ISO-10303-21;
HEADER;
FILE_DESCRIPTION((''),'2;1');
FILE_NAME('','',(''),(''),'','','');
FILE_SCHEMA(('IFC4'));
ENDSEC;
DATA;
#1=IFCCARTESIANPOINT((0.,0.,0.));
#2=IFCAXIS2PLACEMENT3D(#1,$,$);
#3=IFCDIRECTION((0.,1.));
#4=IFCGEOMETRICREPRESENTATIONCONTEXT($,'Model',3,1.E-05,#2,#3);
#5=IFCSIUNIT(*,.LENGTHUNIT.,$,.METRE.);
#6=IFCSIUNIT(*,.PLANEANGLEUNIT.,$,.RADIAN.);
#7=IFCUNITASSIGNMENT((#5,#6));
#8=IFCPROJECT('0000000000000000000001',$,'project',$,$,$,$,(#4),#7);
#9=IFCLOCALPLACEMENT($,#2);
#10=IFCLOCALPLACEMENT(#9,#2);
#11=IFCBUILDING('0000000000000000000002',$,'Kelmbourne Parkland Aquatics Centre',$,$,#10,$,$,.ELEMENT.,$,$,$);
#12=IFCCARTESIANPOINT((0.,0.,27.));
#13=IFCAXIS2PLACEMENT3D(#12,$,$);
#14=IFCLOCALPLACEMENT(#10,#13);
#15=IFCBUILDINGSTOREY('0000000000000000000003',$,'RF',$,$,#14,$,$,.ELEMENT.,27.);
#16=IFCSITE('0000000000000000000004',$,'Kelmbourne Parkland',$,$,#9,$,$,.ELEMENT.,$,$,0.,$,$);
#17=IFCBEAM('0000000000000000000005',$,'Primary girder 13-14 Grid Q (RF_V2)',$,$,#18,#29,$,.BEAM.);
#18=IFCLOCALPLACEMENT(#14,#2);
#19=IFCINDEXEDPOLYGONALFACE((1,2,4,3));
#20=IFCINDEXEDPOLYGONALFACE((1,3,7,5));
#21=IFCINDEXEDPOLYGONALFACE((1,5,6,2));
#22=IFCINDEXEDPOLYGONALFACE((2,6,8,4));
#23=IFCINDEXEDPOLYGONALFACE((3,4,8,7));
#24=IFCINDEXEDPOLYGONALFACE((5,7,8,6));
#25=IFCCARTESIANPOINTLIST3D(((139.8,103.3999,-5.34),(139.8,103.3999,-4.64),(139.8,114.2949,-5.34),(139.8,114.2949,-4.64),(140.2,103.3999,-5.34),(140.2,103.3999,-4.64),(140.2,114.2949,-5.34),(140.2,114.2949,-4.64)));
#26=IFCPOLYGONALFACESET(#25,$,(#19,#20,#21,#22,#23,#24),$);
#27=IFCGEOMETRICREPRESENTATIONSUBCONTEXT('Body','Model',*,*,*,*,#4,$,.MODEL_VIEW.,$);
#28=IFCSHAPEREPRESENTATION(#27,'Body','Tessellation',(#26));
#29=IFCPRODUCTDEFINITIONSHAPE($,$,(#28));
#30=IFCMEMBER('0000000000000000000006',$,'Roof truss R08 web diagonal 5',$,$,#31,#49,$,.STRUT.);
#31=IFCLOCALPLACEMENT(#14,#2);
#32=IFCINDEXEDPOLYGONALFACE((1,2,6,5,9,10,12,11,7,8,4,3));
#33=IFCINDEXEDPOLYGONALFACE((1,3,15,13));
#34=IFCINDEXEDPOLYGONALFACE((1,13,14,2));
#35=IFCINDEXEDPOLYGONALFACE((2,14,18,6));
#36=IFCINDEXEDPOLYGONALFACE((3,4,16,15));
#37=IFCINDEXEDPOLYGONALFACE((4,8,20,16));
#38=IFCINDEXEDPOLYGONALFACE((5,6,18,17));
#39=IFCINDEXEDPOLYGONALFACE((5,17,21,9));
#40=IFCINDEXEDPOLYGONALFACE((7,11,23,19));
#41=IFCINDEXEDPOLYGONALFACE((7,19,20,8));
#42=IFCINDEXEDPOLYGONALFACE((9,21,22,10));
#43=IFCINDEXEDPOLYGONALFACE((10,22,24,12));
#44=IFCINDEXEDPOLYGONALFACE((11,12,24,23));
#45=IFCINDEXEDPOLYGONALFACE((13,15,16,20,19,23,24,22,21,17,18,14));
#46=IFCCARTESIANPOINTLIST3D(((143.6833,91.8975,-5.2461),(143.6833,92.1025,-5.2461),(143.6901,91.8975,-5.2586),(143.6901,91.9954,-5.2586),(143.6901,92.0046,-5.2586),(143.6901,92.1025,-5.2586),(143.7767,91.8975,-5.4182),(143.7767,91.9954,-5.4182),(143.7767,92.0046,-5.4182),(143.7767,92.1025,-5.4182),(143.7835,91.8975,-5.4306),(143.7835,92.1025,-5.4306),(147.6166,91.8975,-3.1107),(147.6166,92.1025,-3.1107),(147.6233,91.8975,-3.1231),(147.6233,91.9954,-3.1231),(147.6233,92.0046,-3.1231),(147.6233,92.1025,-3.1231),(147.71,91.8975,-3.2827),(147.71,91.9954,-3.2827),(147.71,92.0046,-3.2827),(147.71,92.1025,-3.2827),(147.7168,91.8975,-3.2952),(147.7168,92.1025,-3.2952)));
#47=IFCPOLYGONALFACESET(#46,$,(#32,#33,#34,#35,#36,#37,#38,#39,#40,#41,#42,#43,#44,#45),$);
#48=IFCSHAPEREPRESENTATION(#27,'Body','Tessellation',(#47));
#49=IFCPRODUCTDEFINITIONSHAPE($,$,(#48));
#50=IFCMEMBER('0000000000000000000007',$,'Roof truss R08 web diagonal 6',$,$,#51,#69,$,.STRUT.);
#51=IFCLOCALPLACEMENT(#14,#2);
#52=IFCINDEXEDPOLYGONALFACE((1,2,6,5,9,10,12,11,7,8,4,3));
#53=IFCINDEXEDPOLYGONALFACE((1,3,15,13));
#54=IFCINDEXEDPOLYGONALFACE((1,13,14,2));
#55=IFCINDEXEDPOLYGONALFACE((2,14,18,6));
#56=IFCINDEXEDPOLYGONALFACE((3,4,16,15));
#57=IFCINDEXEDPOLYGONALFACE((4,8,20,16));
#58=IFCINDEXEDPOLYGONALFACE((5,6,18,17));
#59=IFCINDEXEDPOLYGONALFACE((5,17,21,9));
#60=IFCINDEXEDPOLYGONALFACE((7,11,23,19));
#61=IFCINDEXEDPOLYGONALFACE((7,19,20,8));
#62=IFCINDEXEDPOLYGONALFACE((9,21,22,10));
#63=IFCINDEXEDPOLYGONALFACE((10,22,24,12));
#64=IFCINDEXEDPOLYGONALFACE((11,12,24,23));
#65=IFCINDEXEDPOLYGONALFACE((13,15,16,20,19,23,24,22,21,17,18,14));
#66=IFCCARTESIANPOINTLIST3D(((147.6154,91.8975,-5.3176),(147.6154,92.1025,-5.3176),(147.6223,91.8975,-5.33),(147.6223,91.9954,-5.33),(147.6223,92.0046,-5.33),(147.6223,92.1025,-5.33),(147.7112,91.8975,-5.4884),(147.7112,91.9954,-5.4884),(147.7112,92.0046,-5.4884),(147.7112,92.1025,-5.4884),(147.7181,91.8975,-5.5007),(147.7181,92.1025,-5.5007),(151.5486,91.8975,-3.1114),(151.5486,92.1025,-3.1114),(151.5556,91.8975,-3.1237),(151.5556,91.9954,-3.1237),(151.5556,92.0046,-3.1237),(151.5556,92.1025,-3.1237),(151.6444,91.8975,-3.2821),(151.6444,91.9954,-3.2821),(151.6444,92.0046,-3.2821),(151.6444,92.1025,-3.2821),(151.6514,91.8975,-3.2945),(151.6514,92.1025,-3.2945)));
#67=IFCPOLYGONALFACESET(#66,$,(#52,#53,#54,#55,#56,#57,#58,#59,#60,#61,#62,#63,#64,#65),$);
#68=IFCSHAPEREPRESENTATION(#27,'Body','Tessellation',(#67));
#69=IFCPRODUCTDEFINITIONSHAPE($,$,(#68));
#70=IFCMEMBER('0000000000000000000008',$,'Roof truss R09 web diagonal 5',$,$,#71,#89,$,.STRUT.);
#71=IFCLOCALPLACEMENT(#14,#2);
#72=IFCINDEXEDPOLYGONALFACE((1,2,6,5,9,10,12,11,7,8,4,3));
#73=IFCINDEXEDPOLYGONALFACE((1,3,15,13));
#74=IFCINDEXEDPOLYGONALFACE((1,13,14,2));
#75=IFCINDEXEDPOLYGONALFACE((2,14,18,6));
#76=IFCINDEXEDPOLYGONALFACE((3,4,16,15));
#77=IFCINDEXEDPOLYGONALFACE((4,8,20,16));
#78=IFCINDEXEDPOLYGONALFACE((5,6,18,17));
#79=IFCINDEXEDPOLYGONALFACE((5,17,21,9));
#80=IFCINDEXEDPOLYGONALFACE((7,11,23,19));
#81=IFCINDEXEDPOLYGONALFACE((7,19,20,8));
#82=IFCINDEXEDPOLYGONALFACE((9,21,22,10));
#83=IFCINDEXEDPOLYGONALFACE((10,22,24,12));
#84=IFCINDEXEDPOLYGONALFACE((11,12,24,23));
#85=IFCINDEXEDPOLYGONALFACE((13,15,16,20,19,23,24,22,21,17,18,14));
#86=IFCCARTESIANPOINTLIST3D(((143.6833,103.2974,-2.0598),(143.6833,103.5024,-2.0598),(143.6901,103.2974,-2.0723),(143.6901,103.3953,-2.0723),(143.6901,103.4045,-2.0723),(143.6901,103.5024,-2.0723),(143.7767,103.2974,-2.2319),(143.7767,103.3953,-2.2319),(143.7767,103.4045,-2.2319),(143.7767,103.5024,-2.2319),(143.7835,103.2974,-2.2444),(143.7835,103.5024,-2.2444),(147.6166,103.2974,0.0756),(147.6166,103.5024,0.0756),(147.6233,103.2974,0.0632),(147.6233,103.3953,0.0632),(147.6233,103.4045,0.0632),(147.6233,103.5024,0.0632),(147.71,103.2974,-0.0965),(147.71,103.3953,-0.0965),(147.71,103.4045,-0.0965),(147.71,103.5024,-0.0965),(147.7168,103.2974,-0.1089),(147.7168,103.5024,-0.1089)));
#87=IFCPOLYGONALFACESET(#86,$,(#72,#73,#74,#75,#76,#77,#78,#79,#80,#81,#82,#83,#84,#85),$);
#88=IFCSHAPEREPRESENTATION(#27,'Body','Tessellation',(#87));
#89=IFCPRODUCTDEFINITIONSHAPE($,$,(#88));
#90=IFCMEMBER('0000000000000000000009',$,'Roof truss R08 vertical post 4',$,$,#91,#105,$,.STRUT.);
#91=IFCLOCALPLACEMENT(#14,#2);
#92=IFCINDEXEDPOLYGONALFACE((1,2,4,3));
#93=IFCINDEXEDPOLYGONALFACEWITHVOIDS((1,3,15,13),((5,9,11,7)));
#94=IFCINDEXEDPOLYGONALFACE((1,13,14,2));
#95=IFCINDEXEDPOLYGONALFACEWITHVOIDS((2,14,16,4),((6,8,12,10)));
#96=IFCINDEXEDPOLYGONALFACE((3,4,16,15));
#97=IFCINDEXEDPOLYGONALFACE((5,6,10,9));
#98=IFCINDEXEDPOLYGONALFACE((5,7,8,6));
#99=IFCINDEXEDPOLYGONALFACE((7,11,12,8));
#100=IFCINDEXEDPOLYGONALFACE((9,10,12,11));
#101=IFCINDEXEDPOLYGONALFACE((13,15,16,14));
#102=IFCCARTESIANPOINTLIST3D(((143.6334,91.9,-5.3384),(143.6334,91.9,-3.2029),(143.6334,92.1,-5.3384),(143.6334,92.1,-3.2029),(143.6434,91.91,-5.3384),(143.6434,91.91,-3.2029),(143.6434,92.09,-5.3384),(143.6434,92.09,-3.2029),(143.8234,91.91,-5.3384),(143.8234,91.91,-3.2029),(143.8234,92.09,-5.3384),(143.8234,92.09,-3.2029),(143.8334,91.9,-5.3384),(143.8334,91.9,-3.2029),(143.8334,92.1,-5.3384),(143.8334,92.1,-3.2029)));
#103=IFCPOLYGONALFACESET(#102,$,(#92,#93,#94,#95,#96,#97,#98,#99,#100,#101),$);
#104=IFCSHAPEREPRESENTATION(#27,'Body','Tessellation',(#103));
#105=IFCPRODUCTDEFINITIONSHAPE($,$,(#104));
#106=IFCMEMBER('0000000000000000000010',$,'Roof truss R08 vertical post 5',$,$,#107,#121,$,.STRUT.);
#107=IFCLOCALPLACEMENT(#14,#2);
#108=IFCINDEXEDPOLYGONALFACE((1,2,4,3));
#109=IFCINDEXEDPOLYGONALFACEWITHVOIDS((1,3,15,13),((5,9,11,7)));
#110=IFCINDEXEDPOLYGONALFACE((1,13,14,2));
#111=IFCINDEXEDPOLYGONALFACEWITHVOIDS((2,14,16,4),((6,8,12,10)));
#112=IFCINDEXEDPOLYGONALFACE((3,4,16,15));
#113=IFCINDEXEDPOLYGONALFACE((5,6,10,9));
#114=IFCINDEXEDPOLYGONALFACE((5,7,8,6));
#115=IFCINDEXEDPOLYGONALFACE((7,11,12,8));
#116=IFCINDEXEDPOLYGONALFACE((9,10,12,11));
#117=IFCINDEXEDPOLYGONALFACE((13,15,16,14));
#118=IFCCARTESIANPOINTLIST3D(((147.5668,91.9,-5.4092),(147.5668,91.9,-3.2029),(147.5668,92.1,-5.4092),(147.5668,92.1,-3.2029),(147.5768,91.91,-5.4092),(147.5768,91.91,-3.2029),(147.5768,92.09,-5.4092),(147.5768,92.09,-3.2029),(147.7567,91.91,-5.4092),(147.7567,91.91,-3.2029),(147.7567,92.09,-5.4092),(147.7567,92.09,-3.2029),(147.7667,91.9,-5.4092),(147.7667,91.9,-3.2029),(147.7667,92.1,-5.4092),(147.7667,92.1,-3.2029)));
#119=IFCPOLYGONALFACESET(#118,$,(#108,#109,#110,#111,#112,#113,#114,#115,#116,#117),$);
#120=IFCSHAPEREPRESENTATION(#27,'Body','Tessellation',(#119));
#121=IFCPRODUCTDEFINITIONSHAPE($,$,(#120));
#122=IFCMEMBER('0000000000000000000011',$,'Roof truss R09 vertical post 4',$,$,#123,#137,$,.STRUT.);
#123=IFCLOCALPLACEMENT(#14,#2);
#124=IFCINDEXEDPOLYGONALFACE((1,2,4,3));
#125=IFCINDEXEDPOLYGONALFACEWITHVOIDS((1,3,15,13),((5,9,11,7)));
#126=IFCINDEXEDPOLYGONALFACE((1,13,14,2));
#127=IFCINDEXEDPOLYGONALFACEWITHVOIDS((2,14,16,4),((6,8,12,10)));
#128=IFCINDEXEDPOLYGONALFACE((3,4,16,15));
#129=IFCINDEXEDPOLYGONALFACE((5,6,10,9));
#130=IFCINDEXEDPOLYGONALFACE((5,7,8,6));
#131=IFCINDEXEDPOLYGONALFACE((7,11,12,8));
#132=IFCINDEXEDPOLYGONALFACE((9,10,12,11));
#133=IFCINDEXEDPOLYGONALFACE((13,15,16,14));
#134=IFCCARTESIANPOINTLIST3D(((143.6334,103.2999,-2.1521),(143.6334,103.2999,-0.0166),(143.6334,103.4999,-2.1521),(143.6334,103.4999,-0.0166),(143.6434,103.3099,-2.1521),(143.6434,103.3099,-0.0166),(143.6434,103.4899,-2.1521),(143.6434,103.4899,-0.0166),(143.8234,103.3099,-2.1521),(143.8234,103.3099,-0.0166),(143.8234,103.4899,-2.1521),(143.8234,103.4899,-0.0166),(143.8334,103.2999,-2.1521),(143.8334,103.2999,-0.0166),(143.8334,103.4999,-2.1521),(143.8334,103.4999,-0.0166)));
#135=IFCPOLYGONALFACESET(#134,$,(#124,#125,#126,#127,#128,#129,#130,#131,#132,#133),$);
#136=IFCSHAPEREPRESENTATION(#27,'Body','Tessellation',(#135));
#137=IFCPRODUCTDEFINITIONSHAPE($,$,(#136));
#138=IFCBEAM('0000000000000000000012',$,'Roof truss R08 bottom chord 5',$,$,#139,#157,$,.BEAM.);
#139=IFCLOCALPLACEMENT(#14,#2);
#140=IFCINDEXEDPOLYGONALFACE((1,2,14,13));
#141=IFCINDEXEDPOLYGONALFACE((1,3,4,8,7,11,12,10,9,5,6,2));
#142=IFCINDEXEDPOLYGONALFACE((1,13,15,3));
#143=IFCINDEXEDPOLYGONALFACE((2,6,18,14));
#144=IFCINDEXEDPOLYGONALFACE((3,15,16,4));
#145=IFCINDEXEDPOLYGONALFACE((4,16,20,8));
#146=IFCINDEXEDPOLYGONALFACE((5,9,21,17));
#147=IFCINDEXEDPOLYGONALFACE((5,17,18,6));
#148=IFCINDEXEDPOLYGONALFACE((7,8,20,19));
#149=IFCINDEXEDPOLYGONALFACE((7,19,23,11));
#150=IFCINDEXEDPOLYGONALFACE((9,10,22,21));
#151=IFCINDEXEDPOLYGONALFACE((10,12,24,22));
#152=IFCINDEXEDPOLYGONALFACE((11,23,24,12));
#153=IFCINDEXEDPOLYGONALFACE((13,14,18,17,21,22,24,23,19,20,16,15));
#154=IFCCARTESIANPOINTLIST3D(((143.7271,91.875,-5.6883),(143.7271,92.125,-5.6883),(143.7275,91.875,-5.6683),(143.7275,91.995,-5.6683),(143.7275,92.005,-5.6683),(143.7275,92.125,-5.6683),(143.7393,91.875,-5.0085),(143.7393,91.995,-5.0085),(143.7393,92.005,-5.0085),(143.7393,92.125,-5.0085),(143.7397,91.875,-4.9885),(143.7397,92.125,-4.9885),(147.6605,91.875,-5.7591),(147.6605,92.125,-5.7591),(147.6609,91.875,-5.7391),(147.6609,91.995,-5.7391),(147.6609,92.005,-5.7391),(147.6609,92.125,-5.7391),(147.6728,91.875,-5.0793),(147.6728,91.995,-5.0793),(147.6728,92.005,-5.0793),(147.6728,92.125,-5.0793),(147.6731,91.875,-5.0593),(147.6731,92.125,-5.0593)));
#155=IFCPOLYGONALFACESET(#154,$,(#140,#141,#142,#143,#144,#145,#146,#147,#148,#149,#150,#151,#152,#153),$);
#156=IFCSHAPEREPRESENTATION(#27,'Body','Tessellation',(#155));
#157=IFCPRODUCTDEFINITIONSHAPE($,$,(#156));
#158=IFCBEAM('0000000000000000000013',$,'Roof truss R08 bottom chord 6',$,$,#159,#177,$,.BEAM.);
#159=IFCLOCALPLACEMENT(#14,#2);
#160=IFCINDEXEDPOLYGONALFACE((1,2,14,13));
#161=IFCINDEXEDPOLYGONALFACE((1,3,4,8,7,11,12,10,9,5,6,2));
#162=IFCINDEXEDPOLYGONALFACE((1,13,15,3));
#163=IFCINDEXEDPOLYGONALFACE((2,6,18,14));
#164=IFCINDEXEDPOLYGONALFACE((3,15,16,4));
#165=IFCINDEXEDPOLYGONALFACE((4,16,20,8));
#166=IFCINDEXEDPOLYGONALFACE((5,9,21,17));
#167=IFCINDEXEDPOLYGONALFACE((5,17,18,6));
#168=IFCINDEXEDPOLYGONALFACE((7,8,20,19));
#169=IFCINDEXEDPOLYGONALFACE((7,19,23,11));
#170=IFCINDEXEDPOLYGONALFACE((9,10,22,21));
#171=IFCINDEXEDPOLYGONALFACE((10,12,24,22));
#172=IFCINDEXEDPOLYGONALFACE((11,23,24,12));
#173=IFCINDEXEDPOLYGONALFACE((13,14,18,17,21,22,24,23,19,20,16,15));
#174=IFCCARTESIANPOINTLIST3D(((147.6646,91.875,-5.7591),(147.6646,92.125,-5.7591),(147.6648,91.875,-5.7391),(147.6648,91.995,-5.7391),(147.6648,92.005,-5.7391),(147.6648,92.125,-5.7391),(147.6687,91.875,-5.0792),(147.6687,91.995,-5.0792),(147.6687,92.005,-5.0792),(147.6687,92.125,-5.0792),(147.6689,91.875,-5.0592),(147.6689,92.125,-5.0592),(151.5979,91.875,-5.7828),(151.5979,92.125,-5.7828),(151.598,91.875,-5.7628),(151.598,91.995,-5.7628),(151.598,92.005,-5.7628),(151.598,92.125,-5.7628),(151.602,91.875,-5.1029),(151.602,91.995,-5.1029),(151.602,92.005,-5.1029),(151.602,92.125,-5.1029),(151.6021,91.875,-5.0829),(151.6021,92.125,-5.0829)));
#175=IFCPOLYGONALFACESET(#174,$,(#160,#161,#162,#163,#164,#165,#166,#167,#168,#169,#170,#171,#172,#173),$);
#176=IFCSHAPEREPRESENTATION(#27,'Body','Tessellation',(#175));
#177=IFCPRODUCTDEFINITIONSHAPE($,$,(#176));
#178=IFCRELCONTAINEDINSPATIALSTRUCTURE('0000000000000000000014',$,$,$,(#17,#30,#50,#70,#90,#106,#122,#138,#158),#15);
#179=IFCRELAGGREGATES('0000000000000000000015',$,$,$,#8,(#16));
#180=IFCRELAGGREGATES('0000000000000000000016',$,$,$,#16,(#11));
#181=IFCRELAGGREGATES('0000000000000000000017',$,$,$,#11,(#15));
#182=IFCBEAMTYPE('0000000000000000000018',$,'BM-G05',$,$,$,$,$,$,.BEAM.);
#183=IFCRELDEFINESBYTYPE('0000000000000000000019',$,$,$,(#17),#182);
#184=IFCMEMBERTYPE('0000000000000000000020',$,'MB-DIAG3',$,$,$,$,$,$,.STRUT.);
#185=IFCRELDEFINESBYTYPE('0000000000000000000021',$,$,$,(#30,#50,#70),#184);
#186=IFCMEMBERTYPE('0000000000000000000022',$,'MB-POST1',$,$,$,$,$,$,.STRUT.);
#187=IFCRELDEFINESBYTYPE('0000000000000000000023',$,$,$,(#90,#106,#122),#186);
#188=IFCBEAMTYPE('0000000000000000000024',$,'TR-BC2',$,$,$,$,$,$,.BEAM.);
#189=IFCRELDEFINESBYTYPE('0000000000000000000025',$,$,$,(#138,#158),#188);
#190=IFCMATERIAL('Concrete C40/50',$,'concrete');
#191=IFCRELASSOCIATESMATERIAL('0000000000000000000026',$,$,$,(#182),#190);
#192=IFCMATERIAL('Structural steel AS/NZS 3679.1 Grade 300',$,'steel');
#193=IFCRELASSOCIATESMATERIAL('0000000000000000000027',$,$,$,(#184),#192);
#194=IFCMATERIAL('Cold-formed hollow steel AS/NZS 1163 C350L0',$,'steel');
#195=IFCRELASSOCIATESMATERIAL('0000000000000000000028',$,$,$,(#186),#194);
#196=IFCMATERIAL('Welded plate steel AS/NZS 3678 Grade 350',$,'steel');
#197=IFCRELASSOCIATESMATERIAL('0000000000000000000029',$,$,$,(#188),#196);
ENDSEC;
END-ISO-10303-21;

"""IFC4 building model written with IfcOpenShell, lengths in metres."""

from ifc_helpers import new_model, si_unit, direction, frame, origin, origin_2d, place, context, subcontext, project, spatial, rectangle, hollow_rectangle, i_section, extrude, material, material_profile, profile_set, type_object, element, save


model = new_model("IFC4")

# Units and contexts
model_context = context("Model", 3, precision=1e-05, world=origin(), true_north=direction((0.0, 1.0)))
body_context = subcontext(model_context, "Body", "Model", "MODEL_VIEW")
ifc_project = project(units=[si_unit("LENGTHUNIT", "METRE"), si_unit("PLANEANGLEUNIT", "RADIAN")], contexts=[model_context])

# Site, building, storey
site_placement = place(None, origin())
site = spatial("IfcSite", under=ifc_project, at=site_placement, Name="Kelmbourne Parkland", CompositionType="ELEMENT", RefElevation=0.0)
building_placement = place(site_placement, origin())
building = spatial("IfcBuilding", under=site, at=building_placement, Name="Kelmbourne Parkland Aquatics Centre", CompositionType="ELEMENT")
storey_placement = place(building_placement, frame((0.0, 0.0, 27.0)))
storey = spatial("IfcBuildingStorey", under=building, at=storey_placement, Name="RF", CompositionType="ELEMENT", Elevation=27.0)

# Beam
ifc_material_1 = material(Name="Concrete C40/50", Category="concrete")
ifc_material_profile_1 = material_profile(ifc_material_1, rectangle(XDim=0.3999, YDim=0.7, at=origin_2d()), Name="RC 400x700")
ifc_profile_set_1 = profile_set([ifc_material_profile_1], Name="Concrete C40/50")
beam_type_1 = type_object("IfcBeamType", Name="BM-G05", PredefinedType="BEAM", material=ifc_profile_set_1)
beam_1_placement = place(storey_placement, frame((140.0, 103.3999, -4.99), z_axis=(0.0, 1.0, 0.0), x_axis=(-1.0, 0.0, 0.0)))
element("IfcBeam", 1, at=beam_1_placement, inside=storey, type_object=beam_type_1, Name="Primary girder 13-14 Grid Q (RF_V2)", PredefinedType="BEAM", context=body_context, shape_type="SweptSolid", body=[
    extrude(rectangle(XDim=0.3999, YDim=0.7, at=origin_2d()), origin(), (0.0, 0.0, 1.0), 10.895),
])

# Members
ifc_material_2 = material(Name="Structural steel AS/NZS 3679.1 Grade 300", Category="steel")
ifc_material_profile_2 = material_profile(ifc_material_2, i_section(OverallWidth=0.2051, OverallDepth=0.21, WebThickness=0.0093, FlangeThickness=0.0142, at=origin_2d()), Name="200UC59.5")
ifc_profile_set_2 = profile_set([ifc_material_profile_2], Name="Structural steel AS/NZS 3679.1 Grade 300")
member_type_1 = type_object("IfcMemberType", Name="MB-DIAG3", PredefinedType="STRUT", material=ifc_profile_set_2)
member_1_placement = place(storey_placement, frame((143.7334, 92.0, -5.3384), z_axis=(0.87883, 0.0, 0.477135), x_axis=(0.0, 1.0, 0.0)))
element("IfcMember", 2, at=member_1_placement, inside=storey, type_object=member_type_1, Name="Roof truss R08 web diagonal 5", PredefinedType="STRUT", context=body_context, shape_type="SweptSolid", body=[
    extrude(i_section(OverallWidth=0.2051, OverallDepth=0.21, WebThickness=0.0093, FlangeThickness=0.0142, at=origin_2d()), origin(), (0.0, 0.0, 1.0), 4.4756),
])
member_2_placement = place(storey_placement, frame((147.6667, 92.0, -5.4092), z_axis=(0.872163, 0.0, 0.489215), x_axis=(0.0, 1.0, 0.0)))
element("IfcMember", 3, at=member_2_placement, inside=storey, type_object=member_type_1, Name="Roof truss R08 web diagonal 6", PredefinedType="STRUT", context=body_context, shape_type="SweptSolid", body=[
    extrude(i_section(OverallWidth=0.2051, OverallDepth=0.21, WebThickness=0.0093, FlangeThickness=0.0142, at=origin_2d()), origin(), (0.0, 0.0, 1.0), 4.5098),
])
member_3_placement = place(storey_placement, frame((143.7334, 103.3999, -2.1521), z_axis=(0.87883, 0.0, 0.477135), x_axis=(0.0, 1.0, 0.0)))
element("IfcMember", 4, at=member_3_placement, inside=storey, type_object=member_type_1, Name="Roof truss R09 web diagonal 5", PredefinedType="STRUT", context=body_context, shape_type="SweptSolid", body=[
    extrude(i_section(OverallWidth=0.2051, OverallDepth=0.21, WebThickness=0.0093, FlangeThickness=0.0142, at=origin_2d()), origin(), (0.0, 0.0, 1.0), 4.4756),
])
ifc_material_3 = material(Name="Cold-formed hollow steel AS/NZS 1163 C350L0", Category="steel")
ifc_material_profile_3 = material_profile(ifc_material_3, hollow_rectangle(XDim=0.2, YDim=0.2, WallThickness=0.01, at=origin_2d()), Name="SHS 200x200x10.0")
ifc_profile_set_3 = profile_set([ifc_material_profile_3], Name="Cold-formed hollow steel AS/NZS 1163 C350L0")
member_type_2 = type_object("IfcMemberType", Name="MB-POST1", PredefinedType="STRUT", material=ifc_profile_set_3)
member_4_placement = place(storey_placement, frame((143.7334, 92.0, -5.3384), z_axis=(0.0, 0.0, 1.0), x_axis=(1.0, 0.0, 0.0)))
element("IfcMember", 5, at=member_4_placement, inside=storey, type_object=member_type_2, Name="Roof truss R08 vertical post 4", PredefinedType="STRUT", context=body_context, shape_type="SweptSolid", body=[
    extrude(hollow_rectangle(XDim=0.2, YDim=0.2, WallThickness=0.01, at=origin_2d()), origin(), (0.0, 0.0, 1.0), 2.1355),
])
member_5_placement = place(storey_placement, frame((147.6667, 92.0, -5.4092), z_axis=(0.0, 0.0, 1.0), x_axis=(1.0, 0.0, 0.0)))
element("IfcMember", 6, at=member_5_placement, inside=storey, type_object=member_type_2, Name="Roof truss R08 vertical post 5", PredefinedType="STRUT", context=body_context, shape_type="SweptSolid", body=[
    extrude(hollow_rectangle(XDim=0.2, YDim=0.2, WallThickness=0.01, at=origin_2d()), origin(), (0.0, 0.0, 1.0), 2.2063),
])
member_6_placement = place(storey_placement, frame((143.7334, 103.3999, -2.1521), z_axis=(0.0, 0.0, 1.0), x_axis=(1.0, 0.0, 0.0)))
element("IfcMember", 7, at=member_6_placement, inside=storey, type_object=member_type_2, Name="Roof truss R09 vertical post 4", PredefinedType="STRUT", context=body_context, shape_type="SweptSolid", body=[
    extrude(hollow_rectangle(XDim=0.2, YDim=0.2, WallThickness=0.01, at=origin_2d()), origin(), (0.0, 0.0, 1.0), 2.1355),
])

# Beams
ifc_material_4 = material(Name="Welded plate steel AS/NZS 3678 Grade 350", Category="steel")
ifc_material_profile_4 = material_profile(ifc_material_4, i_section(OverallWidth=0.25, OverallDepth=0.7, WebThickness=0.01, FlangeThickness=0.02, at=origin_2d()), Name="700WB130")
ifc_profile_set_4 = profile_set([ifc_material_profile_4], Name="Welded plate steel AS/NZS 3678 Grade 350")
beam_type_2 = type_object("IfcBeamType", Name="TR-BC2", PredefinedType="BEAM", material=ifc_profile_set_4)
beam_2_placement = place(storey_placement, frame((143.7334, 92.0, -5.3384), z_axis=(0.999838, 0.0, -0.017997), x_axis=(0.0, 1.0, 0.0)))
element("IfcBeam", 8, at=beam_2_placement, inside=storey, type_object=beam_type_2, Name="Roof truss R08 bottom chord 5", PredefinedType="BEAM", context=body_context, shape_type="SweptSolid", body=[
    extrude(i_section(OverallWidth=0.25, OverallDepth=0.7, WebThickness=0.01, FlangeThickness=0.02, at=origin_2d()), origin(), (0.0, 0.0, 1.0), 3.9341),
])
beam_3_placement = place(storey_placement, frame((147.6667, 92.0, -5.4092), z_axis=(0.999982, 0.0, -0.006021), x_axis=(0.0, 1.0, 0.0)))
element("IfcBeam", 9, at=beam_3_placement, inside=storey, type_object=beam_type_2, Name="Roof truss R08 bottom chord 6", PredefinedType="BEAM", context=body_context, shape_type="SweptSolid", body=[
    extrude(i_section(OverallWidth=0.25, OverallDepth=0.7, WebThickness=0.01, FlangeThickness=0.02, at=origin_2d()), origin(), (0.0, 0.0, 1.0), 3.9333),
])

save(model, "model.ifc")
